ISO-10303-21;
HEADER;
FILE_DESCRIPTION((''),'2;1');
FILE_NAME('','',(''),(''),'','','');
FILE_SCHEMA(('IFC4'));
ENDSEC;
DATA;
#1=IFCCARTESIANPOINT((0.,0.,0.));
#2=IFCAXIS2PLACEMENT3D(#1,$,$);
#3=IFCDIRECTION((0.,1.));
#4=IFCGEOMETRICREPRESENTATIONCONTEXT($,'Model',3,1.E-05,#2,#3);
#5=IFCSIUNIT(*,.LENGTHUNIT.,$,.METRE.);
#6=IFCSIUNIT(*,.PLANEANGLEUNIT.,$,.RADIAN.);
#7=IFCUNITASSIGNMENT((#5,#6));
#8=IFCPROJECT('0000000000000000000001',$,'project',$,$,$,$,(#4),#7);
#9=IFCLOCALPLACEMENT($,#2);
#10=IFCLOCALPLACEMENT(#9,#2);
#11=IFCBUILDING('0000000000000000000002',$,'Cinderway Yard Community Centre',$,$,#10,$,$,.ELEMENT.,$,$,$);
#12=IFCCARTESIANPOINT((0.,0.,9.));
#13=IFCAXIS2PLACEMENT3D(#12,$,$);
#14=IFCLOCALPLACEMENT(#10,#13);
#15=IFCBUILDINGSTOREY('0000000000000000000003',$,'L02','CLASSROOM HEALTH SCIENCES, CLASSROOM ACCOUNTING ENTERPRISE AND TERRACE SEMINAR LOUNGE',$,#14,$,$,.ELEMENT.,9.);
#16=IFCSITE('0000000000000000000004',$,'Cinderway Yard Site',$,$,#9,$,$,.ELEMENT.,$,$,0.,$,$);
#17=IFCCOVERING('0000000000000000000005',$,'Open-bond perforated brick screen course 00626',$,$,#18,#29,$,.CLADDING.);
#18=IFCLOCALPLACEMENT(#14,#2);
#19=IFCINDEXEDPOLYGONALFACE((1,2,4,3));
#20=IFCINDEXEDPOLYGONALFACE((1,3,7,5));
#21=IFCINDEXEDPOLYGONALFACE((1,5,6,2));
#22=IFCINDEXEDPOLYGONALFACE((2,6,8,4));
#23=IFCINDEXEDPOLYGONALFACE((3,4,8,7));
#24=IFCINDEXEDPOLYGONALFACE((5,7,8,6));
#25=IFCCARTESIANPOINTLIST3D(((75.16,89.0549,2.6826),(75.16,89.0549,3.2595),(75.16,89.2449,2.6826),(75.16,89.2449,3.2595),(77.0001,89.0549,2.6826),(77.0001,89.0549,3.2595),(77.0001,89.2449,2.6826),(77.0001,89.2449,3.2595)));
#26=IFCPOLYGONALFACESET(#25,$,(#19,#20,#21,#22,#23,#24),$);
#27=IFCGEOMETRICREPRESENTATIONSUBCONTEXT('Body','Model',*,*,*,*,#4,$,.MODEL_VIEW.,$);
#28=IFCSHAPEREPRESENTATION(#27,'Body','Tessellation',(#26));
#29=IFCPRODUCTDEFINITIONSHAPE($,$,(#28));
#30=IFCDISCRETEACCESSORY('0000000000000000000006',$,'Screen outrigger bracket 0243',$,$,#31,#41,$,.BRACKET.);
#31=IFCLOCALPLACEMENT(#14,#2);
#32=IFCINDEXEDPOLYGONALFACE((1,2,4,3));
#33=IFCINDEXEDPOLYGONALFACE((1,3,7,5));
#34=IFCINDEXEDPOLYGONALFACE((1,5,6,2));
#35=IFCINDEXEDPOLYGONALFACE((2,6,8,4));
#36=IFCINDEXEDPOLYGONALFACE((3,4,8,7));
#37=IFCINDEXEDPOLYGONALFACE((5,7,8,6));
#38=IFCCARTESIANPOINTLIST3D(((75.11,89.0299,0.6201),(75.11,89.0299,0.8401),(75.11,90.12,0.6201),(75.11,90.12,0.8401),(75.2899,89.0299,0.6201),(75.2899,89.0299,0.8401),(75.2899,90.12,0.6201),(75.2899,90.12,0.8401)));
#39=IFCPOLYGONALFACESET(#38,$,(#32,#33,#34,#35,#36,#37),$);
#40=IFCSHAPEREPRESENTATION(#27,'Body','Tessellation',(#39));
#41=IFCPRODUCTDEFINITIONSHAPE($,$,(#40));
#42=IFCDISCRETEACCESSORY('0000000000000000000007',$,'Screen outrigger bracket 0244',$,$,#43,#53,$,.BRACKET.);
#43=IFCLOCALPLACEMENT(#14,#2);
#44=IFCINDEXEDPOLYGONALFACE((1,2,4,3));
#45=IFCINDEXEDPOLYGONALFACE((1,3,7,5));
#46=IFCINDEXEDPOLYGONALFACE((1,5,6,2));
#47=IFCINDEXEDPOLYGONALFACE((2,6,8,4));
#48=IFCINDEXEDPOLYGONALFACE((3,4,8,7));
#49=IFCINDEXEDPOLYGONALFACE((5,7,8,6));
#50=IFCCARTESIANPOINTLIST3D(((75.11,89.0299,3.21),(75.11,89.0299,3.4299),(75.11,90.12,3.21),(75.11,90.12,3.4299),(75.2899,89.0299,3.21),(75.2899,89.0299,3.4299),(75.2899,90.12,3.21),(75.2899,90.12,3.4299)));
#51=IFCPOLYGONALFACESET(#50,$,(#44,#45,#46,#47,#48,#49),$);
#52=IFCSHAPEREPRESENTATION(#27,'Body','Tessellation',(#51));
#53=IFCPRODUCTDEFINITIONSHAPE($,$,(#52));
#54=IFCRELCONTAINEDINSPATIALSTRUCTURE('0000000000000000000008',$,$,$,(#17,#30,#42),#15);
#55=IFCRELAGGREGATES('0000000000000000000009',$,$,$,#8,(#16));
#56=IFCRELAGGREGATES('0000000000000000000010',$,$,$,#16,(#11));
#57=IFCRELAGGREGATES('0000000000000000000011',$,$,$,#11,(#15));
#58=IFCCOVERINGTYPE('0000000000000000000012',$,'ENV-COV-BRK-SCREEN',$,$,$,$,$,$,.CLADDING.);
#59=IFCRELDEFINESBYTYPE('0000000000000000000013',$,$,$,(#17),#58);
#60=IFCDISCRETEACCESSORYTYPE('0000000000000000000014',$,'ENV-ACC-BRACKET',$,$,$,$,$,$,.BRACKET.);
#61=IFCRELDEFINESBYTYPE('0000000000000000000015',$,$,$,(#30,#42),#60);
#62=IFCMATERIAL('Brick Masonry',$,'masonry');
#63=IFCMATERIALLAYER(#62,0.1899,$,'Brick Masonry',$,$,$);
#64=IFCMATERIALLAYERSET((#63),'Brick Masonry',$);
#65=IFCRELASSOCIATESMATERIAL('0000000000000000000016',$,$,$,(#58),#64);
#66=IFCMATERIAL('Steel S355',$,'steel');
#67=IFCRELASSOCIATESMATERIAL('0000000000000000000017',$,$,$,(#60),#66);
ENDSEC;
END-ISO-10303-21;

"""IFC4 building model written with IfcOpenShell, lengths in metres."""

from ifc_helpers import new_model, si_unit, direction, frame, origin, origin_2d, place, context, subcontext, project, spatial, rectangle, extrude, material, layer, layer_set, type_object, element, save


model = new_model("IFC4")

# Units and contexts
model_context = context("Model", 3, precision=1e-05, world=origin(), true_north=direction((0.0, 1.0)))
body_context = subcontext(model_context, "Body", "Model", "MODEL_VIEW")
ifc_project = project(units=[si_unit("LENGTHUNIT", "METRE"), si_unit("PLANEANGLEUNIT", "RADIAN")], contexts=[model_context])

# Site, building, storey
site_placement = place(None, origin())
site = spatial("IfcSite", under=ifc_project, at=site_placement, Name="Cinderway Yard Site", CompositionType="ELEMENT", RefElevation=0.0)
building_placement = place(site_placement, origin())
building = spatial("IfcBuilding", under=site, at=building_placement, Name="Cinderway Yard Community Centre", CompositionType="ELEMENT")
storey_placement = place(building_placement, frame((0.0, 0.0, 9.0)))
storey = spatial("IfcBuildingStorey", under=building, at=storey_placement, Name="L02", Description="CLASSROOM HEALTH SCIENCES, CLASSROOM ACCOUNTING ENTERPRISE AND TERRACE SEMINAR LOUNGE", CompositionType="ELEMENT", Elevation=9.0)

# Shared definitions
ifc_material_1 = material(Name="Steel S355", Category="steel")

# Covering
ifc_material_2 = material(Name="Brick Masonry", Category="masonry")
ifc_layer_1 = layer(ifc_material_2, 0.1899, Name="Brick Masonry")
ifc_layer_set_1 = layer_set([ifc_layer_1], Name="Brick Masonry")
covering_type = type_object("IfcCoveringType", Name="ENV-COV-BRK-SCREEN", PredefinedType="CLADDING", material=ifc_layer_set_1)
for number, where, z_axis, x_axis, name in (
    (1, (76.0801, 89.1499, 2.6826), (0.0, 0.0, 1.0), (-1.0, 0.0, 0.0), "Open-bond perforated brick screen course 00626"),
):
    element("IfcCovering", number, at=place(storey_placement, frame(where, z_axis=z_axis, x_axis=x_axis)), inside=storey, type_object=covering_type, Name=name, PredefinedType="CLADDING", context=body_context, shape_type="SweptSolid", body=[
        extrude(rectangle(XDim=1.8401, YDim=0.1899, at=origin_2d()), origin(), (0.0, 0.0, 1.0), 0.5769),
    ])

# Discrete accessories
discrete_accessory_type = type_object("IfcDiscreteAccessoryType", Name="ENV-ACC-BRACKET", PredefinedType="BRACKET", material=ifc_material_1)
for number, where, z_axis, x_axis, name in (
    (2, (75.2, 89.575, 0.6201), (0.0, 0.0, 1.0), (0.0, -1.0, 0.0), "Screen outrigger bracket 0243"),
    (3, (75.2, 89.575, 3.21), (0.0, 0.0, 1.0), (0.0, -1.0, 0.0), "Screen outrigger bracket 0244"),
):
    element("IfcDiscreteAccessory", number, at=place(storey_placement, frame(where, z_axis=z_axis, x_axis=x_axis)), inside=storey, type_object=discrete_accessory_type, Name=name, PredefinedType="BRACKET", context=body_context, shape_type="SweptSolid", body=[
        extrude(rectangle(XDim=1.0901, YDim=0.1799, at=origin_2d()), origin(), (0.0, 0.0, 1.0), 0.22),
    ])

save(model, "model.ifc")
